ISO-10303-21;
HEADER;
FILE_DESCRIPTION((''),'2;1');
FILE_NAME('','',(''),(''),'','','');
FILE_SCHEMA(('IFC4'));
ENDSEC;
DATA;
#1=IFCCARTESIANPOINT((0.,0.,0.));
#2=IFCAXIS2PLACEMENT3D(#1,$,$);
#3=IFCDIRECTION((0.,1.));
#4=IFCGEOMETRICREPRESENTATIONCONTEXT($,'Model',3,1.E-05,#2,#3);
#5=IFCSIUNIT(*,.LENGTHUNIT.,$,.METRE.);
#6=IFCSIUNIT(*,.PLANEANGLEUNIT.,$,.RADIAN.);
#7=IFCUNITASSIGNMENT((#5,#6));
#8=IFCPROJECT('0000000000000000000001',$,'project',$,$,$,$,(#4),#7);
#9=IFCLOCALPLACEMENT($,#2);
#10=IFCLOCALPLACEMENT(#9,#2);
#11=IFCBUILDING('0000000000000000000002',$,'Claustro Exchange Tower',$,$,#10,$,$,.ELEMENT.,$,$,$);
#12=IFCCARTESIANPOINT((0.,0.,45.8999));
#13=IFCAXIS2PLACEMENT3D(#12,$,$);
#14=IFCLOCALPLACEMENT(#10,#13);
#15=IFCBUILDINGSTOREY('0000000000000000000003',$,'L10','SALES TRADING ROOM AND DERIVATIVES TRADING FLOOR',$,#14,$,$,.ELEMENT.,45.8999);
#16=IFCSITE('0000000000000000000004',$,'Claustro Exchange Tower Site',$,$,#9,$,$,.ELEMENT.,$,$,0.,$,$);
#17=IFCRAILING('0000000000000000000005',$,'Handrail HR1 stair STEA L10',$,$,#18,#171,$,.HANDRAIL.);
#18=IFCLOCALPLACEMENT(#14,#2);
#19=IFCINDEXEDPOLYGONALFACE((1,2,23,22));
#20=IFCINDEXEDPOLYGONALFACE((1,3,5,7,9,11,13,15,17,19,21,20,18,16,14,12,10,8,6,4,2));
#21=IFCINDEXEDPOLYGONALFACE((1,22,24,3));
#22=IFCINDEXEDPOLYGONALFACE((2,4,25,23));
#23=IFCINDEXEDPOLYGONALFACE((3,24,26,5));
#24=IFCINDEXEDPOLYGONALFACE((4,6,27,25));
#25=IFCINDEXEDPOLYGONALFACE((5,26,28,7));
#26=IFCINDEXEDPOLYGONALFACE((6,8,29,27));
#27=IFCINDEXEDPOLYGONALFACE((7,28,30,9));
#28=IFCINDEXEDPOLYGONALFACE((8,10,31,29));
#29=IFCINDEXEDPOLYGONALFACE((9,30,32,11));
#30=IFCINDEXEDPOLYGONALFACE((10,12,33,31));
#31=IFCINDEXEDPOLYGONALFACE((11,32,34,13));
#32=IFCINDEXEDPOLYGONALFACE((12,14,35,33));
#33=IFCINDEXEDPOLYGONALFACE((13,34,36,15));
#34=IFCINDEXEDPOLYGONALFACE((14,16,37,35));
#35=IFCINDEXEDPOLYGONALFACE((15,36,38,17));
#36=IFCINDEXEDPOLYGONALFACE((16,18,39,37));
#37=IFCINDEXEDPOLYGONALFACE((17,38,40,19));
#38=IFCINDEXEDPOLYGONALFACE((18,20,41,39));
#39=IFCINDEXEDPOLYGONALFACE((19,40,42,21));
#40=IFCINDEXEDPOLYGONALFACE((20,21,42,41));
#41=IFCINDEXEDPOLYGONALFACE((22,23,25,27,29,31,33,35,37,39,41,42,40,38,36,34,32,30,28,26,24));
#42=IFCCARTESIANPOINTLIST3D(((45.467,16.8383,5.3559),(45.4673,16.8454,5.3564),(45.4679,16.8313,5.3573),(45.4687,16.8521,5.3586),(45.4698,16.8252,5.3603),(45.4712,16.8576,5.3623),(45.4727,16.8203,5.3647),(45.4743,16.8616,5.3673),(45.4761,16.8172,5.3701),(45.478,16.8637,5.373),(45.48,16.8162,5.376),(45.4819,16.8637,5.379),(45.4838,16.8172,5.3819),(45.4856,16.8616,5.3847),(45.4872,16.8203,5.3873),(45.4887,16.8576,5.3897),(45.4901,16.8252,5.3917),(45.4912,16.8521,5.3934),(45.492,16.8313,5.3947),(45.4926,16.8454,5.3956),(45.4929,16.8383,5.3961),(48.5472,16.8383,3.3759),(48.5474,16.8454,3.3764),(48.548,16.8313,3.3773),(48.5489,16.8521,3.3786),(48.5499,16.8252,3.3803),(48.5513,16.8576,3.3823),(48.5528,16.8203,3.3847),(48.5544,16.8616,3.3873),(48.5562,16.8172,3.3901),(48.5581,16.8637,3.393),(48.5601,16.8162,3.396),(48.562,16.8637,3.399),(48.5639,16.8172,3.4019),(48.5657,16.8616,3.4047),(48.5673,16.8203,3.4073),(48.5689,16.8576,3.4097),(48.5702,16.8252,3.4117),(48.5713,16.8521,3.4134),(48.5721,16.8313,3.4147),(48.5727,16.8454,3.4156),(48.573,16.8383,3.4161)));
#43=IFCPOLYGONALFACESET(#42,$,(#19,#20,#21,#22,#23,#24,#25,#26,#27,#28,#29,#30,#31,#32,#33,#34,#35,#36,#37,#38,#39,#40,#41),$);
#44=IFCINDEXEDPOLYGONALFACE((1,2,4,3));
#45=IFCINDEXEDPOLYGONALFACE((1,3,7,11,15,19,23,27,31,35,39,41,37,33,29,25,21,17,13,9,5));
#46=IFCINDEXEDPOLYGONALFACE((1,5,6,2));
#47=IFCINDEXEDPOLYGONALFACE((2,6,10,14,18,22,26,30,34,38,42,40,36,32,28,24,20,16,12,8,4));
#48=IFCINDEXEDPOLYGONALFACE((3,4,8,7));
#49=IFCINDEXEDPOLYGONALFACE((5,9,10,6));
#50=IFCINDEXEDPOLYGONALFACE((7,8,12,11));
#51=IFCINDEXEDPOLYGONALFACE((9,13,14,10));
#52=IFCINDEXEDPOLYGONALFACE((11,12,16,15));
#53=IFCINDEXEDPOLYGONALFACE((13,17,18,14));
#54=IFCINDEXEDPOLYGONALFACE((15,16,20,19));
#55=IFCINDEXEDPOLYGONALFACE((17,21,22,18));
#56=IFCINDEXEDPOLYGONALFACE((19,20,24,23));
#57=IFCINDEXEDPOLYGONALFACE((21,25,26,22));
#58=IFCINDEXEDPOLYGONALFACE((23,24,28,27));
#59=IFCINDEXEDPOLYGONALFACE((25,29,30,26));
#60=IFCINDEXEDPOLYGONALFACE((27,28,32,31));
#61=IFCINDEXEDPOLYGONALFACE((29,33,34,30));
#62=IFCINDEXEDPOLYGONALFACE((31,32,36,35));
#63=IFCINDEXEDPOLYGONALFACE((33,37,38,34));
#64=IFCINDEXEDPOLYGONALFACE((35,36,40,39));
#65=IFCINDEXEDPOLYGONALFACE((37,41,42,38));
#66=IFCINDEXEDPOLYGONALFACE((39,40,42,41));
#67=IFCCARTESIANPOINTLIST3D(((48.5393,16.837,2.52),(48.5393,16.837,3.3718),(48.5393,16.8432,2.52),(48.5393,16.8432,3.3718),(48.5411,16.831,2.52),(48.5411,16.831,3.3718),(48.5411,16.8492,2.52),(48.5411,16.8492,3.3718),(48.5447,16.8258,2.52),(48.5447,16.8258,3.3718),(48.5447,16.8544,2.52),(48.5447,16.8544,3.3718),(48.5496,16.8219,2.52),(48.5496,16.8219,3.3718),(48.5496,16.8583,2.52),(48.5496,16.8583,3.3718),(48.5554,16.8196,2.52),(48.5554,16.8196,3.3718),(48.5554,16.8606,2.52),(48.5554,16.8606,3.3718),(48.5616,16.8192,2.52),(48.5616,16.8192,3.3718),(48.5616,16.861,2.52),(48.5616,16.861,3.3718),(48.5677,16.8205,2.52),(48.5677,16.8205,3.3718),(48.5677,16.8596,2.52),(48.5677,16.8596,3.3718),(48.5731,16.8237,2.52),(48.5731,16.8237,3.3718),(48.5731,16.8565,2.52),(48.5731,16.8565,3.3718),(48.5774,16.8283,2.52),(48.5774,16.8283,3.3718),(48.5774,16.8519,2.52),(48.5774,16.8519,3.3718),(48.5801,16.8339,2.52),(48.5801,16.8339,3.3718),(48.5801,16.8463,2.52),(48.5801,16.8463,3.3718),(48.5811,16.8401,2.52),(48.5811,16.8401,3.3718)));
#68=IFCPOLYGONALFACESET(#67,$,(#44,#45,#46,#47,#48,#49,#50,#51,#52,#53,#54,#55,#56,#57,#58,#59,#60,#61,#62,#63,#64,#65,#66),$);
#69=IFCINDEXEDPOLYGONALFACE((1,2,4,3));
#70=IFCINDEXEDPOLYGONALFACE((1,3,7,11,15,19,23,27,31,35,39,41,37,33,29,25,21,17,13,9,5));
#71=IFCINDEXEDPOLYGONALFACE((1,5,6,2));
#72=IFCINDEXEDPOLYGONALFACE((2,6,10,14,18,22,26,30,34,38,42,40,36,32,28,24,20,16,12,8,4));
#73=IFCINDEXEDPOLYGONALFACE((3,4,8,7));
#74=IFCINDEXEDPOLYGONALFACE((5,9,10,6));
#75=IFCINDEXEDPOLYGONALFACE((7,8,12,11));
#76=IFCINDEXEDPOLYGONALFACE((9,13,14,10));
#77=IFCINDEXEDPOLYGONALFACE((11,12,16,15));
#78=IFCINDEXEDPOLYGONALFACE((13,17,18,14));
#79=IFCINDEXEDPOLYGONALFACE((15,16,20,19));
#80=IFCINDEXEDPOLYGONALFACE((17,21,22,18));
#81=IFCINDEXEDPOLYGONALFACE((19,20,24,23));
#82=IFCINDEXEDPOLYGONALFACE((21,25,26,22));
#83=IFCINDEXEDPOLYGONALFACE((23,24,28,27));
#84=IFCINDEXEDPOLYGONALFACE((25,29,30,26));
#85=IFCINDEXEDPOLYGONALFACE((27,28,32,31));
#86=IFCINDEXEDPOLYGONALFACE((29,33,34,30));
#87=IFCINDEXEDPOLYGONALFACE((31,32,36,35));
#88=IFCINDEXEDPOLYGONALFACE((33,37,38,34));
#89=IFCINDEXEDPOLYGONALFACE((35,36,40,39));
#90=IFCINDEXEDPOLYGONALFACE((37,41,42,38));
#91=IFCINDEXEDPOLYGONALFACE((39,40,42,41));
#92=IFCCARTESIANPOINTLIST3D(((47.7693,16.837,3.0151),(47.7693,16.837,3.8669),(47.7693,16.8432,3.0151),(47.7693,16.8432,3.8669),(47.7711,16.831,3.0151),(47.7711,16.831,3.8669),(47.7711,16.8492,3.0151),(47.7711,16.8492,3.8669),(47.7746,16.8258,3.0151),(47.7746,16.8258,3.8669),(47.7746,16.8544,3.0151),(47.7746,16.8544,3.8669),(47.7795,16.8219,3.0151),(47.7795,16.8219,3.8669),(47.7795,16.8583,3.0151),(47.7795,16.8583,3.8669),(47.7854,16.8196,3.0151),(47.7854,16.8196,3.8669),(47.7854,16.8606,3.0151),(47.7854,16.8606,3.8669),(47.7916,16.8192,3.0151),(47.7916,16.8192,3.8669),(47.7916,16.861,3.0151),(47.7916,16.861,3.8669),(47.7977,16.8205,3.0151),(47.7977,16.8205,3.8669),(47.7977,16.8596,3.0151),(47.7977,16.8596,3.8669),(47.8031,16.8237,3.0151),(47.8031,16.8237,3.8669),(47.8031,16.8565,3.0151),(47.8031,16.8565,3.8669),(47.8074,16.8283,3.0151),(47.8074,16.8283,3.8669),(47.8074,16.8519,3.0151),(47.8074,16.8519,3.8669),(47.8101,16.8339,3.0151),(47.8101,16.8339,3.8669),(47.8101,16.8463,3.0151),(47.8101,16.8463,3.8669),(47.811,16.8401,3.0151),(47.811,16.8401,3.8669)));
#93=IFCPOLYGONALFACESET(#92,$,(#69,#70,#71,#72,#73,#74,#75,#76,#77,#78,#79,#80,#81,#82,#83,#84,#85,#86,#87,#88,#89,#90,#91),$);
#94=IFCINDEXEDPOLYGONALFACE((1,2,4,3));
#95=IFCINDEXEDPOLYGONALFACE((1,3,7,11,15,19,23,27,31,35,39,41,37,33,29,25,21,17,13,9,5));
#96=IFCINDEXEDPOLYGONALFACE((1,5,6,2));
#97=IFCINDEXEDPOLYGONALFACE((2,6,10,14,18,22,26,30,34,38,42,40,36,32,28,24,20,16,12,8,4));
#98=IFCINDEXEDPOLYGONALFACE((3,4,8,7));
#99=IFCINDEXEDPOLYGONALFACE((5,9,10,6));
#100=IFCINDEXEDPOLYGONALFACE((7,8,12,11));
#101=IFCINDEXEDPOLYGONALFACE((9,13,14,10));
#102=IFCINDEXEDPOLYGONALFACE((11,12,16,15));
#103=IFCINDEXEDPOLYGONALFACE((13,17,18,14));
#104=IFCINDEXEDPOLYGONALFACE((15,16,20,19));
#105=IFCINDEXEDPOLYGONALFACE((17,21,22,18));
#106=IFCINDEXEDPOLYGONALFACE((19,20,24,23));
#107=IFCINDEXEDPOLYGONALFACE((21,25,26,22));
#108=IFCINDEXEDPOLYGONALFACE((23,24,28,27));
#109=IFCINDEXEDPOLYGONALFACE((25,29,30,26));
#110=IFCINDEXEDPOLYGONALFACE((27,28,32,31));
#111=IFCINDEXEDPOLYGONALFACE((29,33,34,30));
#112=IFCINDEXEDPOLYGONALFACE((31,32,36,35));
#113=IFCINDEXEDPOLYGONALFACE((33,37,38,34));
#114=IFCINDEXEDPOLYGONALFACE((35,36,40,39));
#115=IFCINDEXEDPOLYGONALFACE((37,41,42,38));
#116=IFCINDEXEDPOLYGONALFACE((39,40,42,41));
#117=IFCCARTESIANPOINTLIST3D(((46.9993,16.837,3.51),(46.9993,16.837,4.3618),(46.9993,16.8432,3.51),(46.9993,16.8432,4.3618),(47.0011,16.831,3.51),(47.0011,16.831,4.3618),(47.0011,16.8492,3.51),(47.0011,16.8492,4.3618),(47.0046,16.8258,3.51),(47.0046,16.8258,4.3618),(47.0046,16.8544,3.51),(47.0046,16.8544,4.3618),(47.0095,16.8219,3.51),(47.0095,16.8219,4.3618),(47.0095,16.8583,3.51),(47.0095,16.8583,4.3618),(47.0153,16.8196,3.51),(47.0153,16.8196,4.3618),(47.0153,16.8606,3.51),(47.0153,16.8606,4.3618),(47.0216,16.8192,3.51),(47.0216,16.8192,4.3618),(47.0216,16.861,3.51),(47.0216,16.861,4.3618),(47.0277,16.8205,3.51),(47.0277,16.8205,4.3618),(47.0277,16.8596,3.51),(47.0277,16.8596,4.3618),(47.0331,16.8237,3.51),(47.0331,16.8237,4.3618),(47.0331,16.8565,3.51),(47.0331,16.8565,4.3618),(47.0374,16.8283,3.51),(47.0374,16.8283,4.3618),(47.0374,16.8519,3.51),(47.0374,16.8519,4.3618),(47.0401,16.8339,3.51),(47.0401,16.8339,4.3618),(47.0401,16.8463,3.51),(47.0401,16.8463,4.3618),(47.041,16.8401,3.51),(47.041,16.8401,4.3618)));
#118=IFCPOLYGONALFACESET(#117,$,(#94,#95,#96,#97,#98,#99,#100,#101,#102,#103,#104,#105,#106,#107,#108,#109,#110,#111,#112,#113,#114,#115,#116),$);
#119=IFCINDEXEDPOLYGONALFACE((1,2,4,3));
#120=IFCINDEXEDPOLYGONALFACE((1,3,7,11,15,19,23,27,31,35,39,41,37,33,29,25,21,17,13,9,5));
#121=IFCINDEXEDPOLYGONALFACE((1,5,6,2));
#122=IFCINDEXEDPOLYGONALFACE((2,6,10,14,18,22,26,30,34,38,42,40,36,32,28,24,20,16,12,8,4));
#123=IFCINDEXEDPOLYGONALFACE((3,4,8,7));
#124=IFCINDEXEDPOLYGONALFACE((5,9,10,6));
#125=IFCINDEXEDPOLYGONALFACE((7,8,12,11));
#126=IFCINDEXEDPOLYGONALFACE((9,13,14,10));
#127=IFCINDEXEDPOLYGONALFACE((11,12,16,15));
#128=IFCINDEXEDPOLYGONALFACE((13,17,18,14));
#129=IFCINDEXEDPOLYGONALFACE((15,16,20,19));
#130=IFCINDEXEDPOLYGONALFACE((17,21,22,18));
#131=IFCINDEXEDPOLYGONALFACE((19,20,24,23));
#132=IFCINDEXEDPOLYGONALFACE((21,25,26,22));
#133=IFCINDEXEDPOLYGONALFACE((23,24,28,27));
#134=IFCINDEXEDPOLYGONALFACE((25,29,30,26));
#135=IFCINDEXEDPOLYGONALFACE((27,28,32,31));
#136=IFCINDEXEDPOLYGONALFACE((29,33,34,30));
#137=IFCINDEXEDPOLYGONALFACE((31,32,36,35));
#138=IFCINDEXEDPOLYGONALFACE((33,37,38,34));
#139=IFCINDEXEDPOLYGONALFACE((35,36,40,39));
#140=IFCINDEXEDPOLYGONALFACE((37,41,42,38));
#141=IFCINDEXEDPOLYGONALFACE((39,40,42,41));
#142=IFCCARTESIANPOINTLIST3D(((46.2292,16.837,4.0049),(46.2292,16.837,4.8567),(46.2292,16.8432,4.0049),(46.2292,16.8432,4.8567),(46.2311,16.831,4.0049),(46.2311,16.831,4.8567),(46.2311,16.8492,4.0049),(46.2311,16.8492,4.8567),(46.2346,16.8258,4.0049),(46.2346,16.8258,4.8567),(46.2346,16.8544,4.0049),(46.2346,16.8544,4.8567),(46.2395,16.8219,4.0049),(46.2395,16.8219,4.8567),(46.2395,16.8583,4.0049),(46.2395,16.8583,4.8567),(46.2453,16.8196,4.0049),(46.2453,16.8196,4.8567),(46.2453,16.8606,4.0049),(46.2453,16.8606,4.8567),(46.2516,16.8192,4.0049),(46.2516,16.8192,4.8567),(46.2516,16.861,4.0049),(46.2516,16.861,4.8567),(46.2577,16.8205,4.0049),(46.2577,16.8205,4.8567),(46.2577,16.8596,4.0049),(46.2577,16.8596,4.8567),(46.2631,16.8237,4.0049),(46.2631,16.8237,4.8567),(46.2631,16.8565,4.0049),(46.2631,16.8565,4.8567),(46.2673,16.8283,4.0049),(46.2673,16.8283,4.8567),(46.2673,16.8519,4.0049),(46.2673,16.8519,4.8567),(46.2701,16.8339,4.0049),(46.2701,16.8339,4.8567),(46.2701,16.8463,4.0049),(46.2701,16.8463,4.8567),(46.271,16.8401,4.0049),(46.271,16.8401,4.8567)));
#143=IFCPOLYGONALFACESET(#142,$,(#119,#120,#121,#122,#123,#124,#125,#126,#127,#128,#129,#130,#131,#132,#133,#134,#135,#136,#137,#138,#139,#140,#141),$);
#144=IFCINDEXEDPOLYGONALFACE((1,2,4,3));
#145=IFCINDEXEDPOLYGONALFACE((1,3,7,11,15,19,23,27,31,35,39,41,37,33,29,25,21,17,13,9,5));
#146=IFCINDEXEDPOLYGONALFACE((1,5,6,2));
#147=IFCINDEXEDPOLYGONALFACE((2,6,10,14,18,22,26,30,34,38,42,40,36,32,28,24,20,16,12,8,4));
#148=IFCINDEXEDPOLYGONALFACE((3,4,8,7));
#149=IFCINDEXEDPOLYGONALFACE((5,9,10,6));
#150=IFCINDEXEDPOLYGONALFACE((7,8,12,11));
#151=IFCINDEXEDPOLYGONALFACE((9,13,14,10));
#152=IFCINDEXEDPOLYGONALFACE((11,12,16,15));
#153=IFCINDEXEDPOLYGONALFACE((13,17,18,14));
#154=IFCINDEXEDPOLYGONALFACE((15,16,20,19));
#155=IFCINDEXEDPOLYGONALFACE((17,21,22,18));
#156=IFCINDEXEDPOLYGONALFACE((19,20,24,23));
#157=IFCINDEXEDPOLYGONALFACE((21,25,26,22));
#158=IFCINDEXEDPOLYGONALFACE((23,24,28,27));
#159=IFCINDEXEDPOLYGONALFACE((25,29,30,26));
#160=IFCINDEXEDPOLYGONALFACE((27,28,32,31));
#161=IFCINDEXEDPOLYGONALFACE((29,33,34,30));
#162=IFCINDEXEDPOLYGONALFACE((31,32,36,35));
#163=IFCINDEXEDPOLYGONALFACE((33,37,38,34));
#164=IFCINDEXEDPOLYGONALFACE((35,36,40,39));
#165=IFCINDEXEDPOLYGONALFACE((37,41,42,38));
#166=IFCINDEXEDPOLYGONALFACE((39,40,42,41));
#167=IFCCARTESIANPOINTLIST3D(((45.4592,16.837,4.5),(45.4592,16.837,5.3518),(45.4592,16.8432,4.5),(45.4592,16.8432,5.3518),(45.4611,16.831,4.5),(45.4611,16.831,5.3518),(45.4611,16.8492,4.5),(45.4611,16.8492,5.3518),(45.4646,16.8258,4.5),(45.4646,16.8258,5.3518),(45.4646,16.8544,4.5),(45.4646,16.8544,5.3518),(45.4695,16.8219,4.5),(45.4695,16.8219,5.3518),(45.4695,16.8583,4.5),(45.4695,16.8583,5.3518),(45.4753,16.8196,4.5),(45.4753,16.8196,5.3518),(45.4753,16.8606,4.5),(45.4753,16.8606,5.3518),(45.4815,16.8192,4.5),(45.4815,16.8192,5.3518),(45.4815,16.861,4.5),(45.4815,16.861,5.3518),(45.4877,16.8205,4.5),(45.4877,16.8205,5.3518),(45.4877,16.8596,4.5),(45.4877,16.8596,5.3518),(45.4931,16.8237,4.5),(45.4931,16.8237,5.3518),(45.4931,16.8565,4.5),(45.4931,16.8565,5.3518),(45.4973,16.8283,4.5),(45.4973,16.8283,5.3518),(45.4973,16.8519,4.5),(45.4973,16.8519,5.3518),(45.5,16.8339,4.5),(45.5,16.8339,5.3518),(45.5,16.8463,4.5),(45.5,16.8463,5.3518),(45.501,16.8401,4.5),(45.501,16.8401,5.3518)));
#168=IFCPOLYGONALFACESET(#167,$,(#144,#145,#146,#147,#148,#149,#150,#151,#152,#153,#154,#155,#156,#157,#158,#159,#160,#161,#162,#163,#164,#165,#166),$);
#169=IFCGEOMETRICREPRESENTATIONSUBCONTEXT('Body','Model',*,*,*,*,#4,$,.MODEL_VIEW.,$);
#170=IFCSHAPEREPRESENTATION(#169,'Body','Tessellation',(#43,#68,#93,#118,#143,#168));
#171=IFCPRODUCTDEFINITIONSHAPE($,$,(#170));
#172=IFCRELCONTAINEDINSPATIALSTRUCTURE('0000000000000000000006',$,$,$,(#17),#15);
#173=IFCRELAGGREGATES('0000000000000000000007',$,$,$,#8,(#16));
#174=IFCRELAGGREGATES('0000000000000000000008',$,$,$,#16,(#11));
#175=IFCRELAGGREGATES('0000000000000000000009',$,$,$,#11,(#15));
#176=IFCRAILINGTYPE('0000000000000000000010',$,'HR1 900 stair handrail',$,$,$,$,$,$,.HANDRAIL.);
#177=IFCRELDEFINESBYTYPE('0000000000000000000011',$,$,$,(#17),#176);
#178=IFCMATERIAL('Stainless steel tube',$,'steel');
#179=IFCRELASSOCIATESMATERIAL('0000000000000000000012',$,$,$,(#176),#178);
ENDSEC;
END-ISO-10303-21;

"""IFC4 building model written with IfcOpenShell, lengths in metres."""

from ifc_helpers import new_model, si_unit, direction, frame, origin, origin_2d, place, context, subcontext, project, spatial, circle, extrude, material, type_object, element, save


model = new_model("IFC4")

# Units and contexts
model_context = context("Model", 3, precision=1e-05, world=origin(), true_north=direction((0.0, 1.0)))
body_context = subcontext(model_context, "Body", "Model", "MODEL_VIEW")
ifc_project = project(units=[si_unit("LENGTHUNIT", "METRE"), si_unit("PLANEANGLEUNIT", "RADIAN")], contexts=[model_context])

# Site, building, storey
site_placement = place(None, origin())
site = spatial("IfcSite", under=ifc_project, at=site_placement, Name="Claustro Exchange Tower Site", CompositionType="ELEMENT", RefElevation=0.0)
building_placement = place(site_placement, origin())
building = spatial("IfcBuilding", under=site, at=building_placement, Name="Claustro Exchange Tower", CompositionType="ELEMENT")
storey_placement = place(building_placement, frame((0.0, 0.0, 45.8999)))
storey = spatial("IfcBuildingStorey", under=building, at=storey_placement, Name="L10", Description="SALES TRADING ROOM AND DERIVATIVES TRADING FLOOR", CompositionType="ELEMENT", Elevation=45.8999)

# Railing
ifc_material_1 = material(Name="Stainless steel tube", Category="steel")
railing_type_1 = type_object("IfcRailingType", Name="HR1 900 stair handrail", PredefinedType="HANDRAIL", material=ifc_material_1)
railing_1_placement = place(storey_placement, frame((48.5601, 16.8401, 2.52)))
element("IfcRailing", 1, at=railing_1_placement, inside=storey, type_object=railing_type_1, Name="Handrail HR1 stair STEA L10", PredefinedType="HANDRAIL", context=body_context, shape_type="SweptSolid", body=[
    extrude(circle(Radius=0.0239, at=origin_2d()), frame((0.0, 0.0, 0.876), z_axis=(-0.841187, 0.0, 0.540744), x_axis=(0.0, -1.0, 0.0)), (0.0, 0.0, 1.0), 3.6616),
    extrude(circle(Radius=0.021, at=origin_2d()), origin(), (0.0, 0.0, 1.0), 0.8518),
    extrude(circle(Radius=0.021, at=origin_2d()), frame((-0.77, 0.0, 0.4951)), (0.0, 0.0, 1.0), 0.8518),
    extrude(circle(Radius=0.021, at=origin_2d()), frame((-1.54, 0.0, 0.99)), (0.0, 0.0, 1.0), 0.8518),
    extrude(circle(Radius=0.021, at=origin_2d()), frame((-2.3101, 0.0, 1.4849)), (0.0, 0.0, 1.0), 0.8518),
    extrude(circle(Radius=0.021, at=origin_2d()), frame((-3.0801, 0.0, 1.98)), (0.0, 0.0, 1.0), 0.8518),
])

save(model, "model.ifc")
